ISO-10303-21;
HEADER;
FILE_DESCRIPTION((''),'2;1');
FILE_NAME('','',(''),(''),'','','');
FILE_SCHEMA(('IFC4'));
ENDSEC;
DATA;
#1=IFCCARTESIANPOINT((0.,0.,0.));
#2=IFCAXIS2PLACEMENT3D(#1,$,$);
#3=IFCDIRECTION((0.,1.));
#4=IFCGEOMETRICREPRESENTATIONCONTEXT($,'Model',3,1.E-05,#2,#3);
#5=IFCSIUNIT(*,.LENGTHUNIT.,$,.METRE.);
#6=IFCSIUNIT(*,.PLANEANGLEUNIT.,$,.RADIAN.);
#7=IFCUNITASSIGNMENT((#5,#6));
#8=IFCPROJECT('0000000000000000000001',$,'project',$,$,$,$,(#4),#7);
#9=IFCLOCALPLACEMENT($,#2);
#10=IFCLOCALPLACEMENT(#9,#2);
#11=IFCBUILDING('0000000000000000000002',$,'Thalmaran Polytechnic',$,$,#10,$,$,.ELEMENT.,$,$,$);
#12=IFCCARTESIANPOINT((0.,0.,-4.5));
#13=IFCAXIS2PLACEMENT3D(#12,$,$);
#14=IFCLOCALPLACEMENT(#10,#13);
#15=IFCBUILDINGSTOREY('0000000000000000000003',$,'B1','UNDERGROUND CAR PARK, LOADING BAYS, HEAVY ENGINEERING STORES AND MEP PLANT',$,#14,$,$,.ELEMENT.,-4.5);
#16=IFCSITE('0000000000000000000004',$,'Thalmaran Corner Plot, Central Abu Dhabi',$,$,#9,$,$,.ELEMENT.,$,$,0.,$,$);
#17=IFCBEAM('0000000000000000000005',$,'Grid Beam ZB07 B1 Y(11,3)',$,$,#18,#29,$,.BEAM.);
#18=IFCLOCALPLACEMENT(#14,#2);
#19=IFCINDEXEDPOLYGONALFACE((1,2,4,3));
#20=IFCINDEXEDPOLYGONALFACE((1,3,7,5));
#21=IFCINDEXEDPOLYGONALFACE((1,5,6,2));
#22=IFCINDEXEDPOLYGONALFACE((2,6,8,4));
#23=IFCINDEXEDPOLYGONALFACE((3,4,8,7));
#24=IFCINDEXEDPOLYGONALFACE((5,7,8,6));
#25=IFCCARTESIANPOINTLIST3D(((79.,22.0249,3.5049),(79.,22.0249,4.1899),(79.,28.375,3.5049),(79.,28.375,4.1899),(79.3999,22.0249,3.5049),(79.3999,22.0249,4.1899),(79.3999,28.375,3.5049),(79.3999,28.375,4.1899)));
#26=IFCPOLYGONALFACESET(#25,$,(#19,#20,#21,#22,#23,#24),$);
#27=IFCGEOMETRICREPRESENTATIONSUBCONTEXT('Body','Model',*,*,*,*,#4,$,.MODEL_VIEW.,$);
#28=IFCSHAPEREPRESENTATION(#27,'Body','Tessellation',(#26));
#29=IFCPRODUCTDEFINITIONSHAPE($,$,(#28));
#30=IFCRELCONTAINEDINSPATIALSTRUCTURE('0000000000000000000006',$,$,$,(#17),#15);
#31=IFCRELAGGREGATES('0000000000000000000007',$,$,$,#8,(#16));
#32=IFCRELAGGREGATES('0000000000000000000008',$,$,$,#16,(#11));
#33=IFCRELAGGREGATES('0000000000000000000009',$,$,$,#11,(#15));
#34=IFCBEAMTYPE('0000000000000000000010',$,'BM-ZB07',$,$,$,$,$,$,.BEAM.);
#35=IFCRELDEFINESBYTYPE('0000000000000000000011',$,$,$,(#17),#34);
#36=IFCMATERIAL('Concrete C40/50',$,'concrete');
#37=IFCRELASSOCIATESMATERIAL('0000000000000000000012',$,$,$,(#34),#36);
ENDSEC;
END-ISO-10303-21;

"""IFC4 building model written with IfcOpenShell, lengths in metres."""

from ifc_helpers import new_model, si_unit, direction, frame, origin, origin_2d, place, context, subcontext, project, spatial, rectangle, extrude, material, material_profile, profile_set, type_object, element, save


model = new_model("IFC4")

# Units and contexts
model_context = context("Model", 3, precision=1e-05, world=origin(), true_north=direction((0.0, 1.0)))
body_context = subcontext(model_context, "Body", "Model", "MODEL_VIEW")
ifc_project = project(units=[si_unit("LENGTHUNIT", "METRE"), si_unit("PLANEANGLEUNIT", "RADIAN")], contexts=[model_context])

# Site, building, storey
site_placement = place(None, origin())
site = spatial("IfcSite", under=ifc_project, at=site_placement, Name="Thalmaran Corner Plot, Central Abu Dhabi", CompositionType="ELEMENT", RefElevation=0.0)
building_placement = place(site_placement, origin())
building = spatial("IfcBuilding", under=site, at=building_placement, Name="Thalmaran Polytechnic", CompositionType="ELEMENT")
storey_placement = place(building_placement, frame((0.0, 0.0, -4.5)))
storey = spatial("IfcBuildingStorey", under=building, at=storey_placement, Name="B1", Description="UNDERGROUND CAR PARK, LOADING BAYS, HEAVY ENGINEERING STORES AND MEP PLANT", CompositionType="ELEMENT", Elevation=-4.5)

# Shared definitions
ifc_material_1 = material(Name="Concrete C40/50", Category="concrete")

# Beam
ifc_material_profile_1 = material_profile(ifc_material_1, rectangle(XDim=0.3999, YDim=0.6851, at=origin_2d()), Name="RC 400x685")
ifc_profile_set_1 = profile_set([ifc_material_profile_1], Name="Concrete C40/50")
beam_type_1 = type_object("IfcBeamType", Name="BM-ZB07", PredefinedType="BEAM", material=ifc_profile_set_1)
beam_1_placement = place(storey_placement, frame((79.2, 22.0249, 3.8474), z_axis=(0.0, 1.0, 0.0), x_axis=(-1.0, 0.0, 0.0)))
element("IfcBeam", 1, at=beam_1_placement, inside=storey, type_object=beam_type_1, Name="Grid Beam ZB07 B1 Y(11,3)", PredefinedType="BEAM", context=body_context, shape_type="SweptSolid", body=[
    extrude(rectangle(XDim=0.3999, YDim=0.6851, at=origin_2d()), origin(), (0.0, 0.0, 1.0), 6.3501),
])

save(model, "model.ifc")
